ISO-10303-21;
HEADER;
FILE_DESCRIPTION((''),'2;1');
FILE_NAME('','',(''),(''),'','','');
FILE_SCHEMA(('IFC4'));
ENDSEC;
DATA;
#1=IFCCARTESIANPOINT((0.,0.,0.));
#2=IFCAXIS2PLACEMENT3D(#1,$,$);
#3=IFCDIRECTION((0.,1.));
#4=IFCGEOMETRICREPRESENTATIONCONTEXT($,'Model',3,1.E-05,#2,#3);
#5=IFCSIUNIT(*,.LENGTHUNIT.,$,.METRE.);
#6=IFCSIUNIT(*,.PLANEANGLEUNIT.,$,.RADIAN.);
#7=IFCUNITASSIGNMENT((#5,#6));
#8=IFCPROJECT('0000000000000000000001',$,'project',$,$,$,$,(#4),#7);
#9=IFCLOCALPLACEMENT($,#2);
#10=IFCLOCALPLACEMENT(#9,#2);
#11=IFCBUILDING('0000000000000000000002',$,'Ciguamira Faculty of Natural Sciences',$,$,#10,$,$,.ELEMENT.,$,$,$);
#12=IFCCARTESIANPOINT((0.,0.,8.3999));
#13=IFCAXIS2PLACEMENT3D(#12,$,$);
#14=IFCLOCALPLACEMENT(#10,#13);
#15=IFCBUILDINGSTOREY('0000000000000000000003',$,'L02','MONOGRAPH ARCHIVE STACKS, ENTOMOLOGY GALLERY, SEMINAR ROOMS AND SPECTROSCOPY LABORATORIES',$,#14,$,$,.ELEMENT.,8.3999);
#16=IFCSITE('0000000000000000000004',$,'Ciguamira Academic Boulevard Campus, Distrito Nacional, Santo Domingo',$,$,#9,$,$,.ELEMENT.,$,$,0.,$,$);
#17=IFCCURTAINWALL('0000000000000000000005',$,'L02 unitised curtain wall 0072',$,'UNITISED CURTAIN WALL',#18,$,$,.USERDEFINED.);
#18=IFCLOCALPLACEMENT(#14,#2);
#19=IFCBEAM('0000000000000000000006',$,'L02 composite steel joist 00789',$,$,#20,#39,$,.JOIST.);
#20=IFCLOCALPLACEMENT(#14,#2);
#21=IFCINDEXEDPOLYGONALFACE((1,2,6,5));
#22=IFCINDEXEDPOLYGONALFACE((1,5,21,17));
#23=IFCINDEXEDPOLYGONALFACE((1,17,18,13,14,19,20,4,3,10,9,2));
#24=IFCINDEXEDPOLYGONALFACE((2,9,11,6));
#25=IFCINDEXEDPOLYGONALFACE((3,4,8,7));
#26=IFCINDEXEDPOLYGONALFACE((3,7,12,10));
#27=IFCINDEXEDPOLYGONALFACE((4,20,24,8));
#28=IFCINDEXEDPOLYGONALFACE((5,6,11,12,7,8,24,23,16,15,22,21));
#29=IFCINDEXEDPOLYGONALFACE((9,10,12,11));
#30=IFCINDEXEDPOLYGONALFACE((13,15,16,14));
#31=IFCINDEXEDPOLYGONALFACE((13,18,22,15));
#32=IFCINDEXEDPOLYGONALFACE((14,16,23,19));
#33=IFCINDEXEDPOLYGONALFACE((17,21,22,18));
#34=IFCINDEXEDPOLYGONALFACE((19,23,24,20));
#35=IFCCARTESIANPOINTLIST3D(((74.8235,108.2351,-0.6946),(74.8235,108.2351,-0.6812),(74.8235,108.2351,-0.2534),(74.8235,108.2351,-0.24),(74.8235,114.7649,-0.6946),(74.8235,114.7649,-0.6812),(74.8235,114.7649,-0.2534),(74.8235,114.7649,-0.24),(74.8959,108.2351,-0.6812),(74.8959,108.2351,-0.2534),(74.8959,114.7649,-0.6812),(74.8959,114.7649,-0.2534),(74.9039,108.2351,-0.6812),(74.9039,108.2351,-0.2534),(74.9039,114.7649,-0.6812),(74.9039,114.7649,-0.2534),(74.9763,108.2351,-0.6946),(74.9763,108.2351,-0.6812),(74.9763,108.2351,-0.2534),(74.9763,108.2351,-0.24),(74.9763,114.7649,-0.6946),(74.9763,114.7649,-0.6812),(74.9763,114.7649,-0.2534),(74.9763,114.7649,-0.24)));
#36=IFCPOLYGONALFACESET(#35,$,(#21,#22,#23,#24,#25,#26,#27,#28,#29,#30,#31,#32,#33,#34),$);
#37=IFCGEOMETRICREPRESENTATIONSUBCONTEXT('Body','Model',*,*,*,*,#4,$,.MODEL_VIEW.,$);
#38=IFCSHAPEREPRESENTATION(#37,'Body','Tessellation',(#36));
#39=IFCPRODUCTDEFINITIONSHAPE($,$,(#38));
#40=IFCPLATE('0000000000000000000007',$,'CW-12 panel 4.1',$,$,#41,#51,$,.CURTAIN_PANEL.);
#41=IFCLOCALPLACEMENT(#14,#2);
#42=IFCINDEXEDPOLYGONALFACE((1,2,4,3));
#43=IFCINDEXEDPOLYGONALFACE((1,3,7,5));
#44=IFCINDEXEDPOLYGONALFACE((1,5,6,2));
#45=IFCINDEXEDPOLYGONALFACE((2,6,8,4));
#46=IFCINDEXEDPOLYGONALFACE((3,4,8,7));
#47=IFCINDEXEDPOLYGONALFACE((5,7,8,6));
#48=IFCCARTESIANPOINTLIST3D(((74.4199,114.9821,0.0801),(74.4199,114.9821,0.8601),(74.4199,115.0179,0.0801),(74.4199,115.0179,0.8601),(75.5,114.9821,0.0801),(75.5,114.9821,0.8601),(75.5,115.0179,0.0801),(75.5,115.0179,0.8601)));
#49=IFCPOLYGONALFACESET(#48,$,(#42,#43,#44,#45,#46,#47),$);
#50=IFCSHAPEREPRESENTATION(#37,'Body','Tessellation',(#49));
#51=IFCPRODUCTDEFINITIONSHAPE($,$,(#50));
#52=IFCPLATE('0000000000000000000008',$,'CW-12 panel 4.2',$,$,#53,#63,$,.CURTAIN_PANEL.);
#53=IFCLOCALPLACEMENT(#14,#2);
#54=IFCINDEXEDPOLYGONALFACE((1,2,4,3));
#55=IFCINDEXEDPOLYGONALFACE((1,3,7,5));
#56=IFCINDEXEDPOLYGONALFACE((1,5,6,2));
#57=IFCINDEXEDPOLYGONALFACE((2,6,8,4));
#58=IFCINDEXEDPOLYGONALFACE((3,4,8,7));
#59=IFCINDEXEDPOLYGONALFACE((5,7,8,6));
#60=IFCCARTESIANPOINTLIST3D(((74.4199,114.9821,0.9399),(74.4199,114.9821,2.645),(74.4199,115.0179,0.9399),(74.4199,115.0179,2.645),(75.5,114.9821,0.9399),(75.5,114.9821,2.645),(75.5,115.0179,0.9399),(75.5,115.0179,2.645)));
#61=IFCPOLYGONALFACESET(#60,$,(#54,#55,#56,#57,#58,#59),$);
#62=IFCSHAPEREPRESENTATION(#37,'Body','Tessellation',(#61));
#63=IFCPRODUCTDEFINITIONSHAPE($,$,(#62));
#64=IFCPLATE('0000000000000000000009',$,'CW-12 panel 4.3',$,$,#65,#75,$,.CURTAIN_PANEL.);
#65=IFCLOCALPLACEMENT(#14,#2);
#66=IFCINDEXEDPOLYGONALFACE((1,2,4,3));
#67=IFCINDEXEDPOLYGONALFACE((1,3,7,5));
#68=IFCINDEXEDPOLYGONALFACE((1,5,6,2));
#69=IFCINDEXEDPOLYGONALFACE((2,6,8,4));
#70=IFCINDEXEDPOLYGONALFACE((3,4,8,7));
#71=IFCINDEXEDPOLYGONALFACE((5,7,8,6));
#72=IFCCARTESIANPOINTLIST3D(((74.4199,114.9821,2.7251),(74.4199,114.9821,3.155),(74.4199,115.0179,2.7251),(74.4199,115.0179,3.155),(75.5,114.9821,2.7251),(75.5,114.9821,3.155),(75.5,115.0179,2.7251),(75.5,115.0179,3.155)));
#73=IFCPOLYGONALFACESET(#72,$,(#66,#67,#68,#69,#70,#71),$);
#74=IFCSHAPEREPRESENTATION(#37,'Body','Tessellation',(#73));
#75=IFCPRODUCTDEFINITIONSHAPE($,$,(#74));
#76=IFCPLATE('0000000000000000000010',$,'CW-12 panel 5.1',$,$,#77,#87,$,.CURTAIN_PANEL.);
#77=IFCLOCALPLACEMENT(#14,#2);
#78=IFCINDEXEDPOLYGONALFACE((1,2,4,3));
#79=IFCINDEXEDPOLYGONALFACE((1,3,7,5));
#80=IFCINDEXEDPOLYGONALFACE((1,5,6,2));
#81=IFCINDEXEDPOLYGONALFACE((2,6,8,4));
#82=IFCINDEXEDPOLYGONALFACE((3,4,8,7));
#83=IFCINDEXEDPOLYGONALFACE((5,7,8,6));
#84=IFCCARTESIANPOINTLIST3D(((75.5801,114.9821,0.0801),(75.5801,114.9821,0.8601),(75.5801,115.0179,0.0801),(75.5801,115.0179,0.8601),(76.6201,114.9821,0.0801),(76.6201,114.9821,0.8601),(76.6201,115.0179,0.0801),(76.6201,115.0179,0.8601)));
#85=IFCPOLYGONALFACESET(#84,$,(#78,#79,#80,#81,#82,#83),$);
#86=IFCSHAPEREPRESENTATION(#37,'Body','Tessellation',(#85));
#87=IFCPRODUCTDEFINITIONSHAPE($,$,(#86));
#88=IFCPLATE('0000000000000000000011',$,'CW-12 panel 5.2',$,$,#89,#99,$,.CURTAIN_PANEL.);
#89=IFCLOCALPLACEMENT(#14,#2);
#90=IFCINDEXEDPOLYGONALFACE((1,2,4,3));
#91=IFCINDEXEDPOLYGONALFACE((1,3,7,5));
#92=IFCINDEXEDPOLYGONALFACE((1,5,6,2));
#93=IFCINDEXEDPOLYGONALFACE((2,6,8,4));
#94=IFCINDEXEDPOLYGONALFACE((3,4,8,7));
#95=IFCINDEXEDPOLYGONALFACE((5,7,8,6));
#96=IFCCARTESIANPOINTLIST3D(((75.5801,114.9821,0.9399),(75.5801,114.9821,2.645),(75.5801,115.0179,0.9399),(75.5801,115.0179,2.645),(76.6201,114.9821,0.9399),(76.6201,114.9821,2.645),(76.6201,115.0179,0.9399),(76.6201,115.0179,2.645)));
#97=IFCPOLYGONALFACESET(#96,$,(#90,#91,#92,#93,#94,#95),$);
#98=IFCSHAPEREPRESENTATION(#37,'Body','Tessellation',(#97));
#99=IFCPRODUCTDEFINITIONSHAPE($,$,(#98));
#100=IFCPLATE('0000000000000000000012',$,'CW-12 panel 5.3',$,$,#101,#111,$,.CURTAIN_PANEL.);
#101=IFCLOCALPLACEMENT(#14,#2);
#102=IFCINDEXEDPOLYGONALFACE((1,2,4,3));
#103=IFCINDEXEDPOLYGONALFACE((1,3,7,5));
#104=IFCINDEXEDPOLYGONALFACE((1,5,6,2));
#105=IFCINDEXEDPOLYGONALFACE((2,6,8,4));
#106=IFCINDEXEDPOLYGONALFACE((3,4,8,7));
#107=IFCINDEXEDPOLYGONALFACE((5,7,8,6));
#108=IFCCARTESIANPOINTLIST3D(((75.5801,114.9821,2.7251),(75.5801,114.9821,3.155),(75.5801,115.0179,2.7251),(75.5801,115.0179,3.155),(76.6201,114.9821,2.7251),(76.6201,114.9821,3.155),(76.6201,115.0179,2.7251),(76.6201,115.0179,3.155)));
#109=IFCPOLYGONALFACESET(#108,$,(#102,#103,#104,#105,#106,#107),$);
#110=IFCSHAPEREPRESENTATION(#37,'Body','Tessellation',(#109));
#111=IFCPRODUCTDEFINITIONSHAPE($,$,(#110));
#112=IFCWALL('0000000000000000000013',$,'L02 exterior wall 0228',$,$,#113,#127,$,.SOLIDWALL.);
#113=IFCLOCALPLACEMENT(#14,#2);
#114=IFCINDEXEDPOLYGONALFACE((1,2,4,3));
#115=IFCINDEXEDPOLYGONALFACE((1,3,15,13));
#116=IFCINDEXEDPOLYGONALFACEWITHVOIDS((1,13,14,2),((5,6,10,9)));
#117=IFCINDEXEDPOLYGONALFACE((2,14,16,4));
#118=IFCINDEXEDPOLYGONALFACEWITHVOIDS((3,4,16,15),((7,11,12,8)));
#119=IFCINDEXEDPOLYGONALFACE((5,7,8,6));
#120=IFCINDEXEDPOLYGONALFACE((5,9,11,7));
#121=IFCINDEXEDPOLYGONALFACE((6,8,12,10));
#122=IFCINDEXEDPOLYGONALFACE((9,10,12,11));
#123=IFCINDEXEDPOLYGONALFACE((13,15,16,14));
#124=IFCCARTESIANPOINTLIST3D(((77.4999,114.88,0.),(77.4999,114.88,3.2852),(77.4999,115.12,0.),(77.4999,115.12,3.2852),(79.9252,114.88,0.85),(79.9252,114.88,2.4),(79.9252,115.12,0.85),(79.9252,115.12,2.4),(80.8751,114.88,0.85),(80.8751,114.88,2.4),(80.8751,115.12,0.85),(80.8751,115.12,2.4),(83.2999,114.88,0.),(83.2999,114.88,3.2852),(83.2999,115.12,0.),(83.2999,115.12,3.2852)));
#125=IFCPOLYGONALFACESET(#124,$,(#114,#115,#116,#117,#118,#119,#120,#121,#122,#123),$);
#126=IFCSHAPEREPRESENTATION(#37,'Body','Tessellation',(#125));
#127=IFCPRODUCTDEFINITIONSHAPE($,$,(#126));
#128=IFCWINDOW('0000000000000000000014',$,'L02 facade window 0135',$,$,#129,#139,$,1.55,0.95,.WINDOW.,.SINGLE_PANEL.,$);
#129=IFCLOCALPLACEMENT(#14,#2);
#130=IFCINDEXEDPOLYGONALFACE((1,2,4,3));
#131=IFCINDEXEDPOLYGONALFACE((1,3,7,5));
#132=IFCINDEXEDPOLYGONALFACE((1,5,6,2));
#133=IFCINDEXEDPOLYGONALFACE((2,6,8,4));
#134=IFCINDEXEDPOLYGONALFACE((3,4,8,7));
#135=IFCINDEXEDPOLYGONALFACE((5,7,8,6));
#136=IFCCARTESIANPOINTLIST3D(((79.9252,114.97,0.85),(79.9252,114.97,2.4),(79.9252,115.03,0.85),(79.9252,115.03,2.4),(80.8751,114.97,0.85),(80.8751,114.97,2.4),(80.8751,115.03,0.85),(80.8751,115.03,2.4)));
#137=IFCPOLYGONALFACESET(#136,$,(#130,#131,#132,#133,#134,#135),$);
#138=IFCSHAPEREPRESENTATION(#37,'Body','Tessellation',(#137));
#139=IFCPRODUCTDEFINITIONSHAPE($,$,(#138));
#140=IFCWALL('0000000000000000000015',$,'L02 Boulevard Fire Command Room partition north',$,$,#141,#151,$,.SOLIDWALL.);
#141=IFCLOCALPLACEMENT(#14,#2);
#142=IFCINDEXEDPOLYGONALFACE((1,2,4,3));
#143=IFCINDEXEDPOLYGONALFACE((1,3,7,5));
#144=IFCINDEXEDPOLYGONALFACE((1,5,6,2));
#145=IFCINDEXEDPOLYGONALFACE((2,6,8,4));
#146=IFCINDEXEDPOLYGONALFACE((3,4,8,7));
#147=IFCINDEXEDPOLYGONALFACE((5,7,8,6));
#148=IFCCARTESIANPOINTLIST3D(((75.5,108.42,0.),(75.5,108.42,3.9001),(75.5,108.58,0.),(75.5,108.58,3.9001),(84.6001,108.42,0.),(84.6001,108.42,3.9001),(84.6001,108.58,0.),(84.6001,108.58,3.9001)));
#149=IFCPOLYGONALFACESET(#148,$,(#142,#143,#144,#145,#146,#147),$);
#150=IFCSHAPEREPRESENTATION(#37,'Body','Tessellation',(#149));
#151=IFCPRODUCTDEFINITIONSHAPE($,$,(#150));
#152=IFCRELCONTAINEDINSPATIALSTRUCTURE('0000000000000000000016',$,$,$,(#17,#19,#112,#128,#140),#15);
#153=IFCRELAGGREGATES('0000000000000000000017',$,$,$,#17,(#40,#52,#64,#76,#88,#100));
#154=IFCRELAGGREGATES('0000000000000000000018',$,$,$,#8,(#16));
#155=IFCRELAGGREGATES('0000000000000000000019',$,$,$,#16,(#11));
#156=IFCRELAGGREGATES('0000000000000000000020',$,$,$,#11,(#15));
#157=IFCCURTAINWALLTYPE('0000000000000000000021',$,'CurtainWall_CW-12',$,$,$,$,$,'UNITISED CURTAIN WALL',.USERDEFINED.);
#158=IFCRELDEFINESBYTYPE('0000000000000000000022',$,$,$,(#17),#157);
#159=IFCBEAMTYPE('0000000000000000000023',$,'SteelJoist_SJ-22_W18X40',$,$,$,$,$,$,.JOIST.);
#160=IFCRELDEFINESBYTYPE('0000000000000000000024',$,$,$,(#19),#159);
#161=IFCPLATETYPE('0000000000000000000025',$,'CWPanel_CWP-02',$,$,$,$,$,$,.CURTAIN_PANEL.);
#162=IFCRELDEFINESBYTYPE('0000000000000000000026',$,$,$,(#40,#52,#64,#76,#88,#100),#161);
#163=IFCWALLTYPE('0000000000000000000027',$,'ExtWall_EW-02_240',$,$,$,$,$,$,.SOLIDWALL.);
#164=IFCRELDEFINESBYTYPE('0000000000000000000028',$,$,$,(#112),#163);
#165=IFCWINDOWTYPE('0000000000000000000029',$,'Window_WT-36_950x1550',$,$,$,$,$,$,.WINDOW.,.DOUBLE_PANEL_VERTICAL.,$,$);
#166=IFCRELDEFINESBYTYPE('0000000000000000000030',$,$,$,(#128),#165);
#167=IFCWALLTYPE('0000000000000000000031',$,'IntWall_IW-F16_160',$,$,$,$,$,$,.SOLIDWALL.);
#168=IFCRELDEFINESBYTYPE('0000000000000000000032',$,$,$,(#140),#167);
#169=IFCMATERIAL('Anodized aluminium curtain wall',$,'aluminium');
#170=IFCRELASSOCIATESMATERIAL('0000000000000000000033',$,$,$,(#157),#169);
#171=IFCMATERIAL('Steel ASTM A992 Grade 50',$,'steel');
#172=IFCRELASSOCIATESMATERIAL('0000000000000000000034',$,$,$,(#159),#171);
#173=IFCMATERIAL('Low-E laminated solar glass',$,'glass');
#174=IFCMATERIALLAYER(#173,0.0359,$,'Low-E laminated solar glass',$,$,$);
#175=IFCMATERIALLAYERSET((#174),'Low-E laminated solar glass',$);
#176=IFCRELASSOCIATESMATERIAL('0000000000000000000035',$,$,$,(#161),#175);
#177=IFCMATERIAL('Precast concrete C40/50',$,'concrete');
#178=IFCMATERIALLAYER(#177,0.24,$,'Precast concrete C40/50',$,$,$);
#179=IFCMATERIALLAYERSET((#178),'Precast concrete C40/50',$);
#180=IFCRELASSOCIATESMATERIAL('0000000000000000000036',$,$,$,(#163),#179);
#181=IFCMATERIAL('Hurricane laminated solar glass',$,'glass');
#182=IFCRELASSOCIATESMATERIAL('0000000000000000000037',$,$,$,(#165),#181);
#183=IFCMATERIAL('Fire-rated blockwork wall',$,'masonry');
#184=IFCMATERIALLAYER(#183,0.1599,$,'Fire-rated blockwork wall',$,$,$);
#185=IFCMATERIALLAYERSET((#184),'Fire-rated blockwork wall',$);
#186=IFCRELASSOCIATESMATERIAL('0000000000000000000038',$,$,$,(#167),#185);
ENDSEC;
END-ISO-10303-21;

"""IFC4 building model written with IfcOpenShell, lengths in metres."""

from ifc_helpers import new_model, si_unit, direction, frame, frame_2d, origin, origin_2d, place, context, subcontext, project, spatial, rectangle, i_section, extrude, material, layer, layer_set, material_profile, profile_set, type_object, element, fill, aggregate, save


model = new_model("IFC4")

# Units and contexts
model_context = context("Model", 3, precision=1e-05, world=origin(), true_north=direction((0.0, 1.0)))
body_context = subcontext(model_context, "Body", "Model", "MODEL_VIEW")
ifc_project = project(units=[si_unit("LENGTHUNIT", "METRE"), si_unit("PLANEANGLEUNIT", "RADIAN")], contexts=[model_context])

# Site, building, storey
site_placement = place(None, origin())
site = spatial("IfcSite", under=ifc_project, at=site_placement, Name="Ciguamira Academic Boulevard Campus, Distrito Nacional, Santo Domingo", CompositionType="ELEMENT", RefElevation=0.0)
building_placement = place(site_placement, origin())
building = spatial("IfcBuilding", under=site, at=building_placement, Name="Ciguamira Faculty of Natural Sciences", CompositionType="ELEMENT")
storey_placement = place(building_placement, frame((0.0, 0.0, 8.3999)))
storey = spatial("IfcBuildingStorey", under=building, at=storey_placement, Name="L02", Description="MONOGRAPH ARCHIVE STACKS, ENTOMOLOGY GALLERY, SEMINAR ROOMS AND SPECTROSCOPY LABORATORIES", CompositionType="ELEMENT", Elevation=8.3999)

# Curtain wall
ifc_material_1 = material(Name="Anodized aluminium curtain wall", Category="aluminium")
curtain_wall_type = type_object("IfcCurtainWallType", Name="CurtainWall_CW-12", ElementType="UNITISED CURTAIN WALL", PredefinedType="USERDEFINED", material=ifc_material_1)
curtain_wall_placement = place(storey_placement, origin())
curtain_wall = element("IfcCurtainWall", 1, at=curtain_wall_placement, inside=storey, type_object=curtain_wall_type, Name="L02 unitised curtain wall 0072", ObjectType="UNITISED CURTAIN WALL", PredefinedType="USERDEFINED")

# Beam
ifc_material_2 = material(Name="Steel ASTM A992 Grade 50", Category="steel")
ifc_material_profile_1 = material_profile(ifc_material_2, i_section(OverallWidth=0.1528, OverallDepth=0.4546, WebThickness=0.0081, FlangeThickness=0.0134, at=origin_2d()), Name="W18X40")
ifc_profile_set_1 = profile_set([ifc_material_profile_1], Name="Steel ASTM A992 Grade 50")
beam_type_1 = type_object("IfcBeamType", Name="SteelJoist_SJ-22_W18X40", PredefinedType="JOIST", material=ifc_profile_set_1)
beam_1_placement = place(storey_placement, frame((74.8999, 108.2351, -0.4673), z_axis=(0.0, 1.0, 0.0), x_axis=(-1.0, 0.0, 0.0)))
element("IfcBeam", 2, at=beam_1_placement, inside=storey, type_object=beam_type_1, Name="L02 composite steel joist 00789", PredefinedType="JOIST", context=body_context, shape_type="SweptSolid", body=[
    extrude(i_section(OverallWidth=0.1528, OverallDepth=0.4546, WebThickness=0.0081, FlangeThickness=0.0134, at=origin_2d()), origin(), (0.0, 0.0, 1.0), 6.5298),
])

# Plates
ifc_material_3 = material(Name="Low-E laminated solar glass", Category="glass")
ifc_layer_1 = layer(ifc_material_3, 0.0359, Name="Low-E laminated solar glass")
ifc_layer_set_1 = layer_set([ifc_layer_1], Name="Low-E laminated solar glass")
plate_type = type_object("IfcPlateType", Name="CWPanel_CWP-02", PredefinedType="CURTAIN_PANEL", material=ifc_layer_set_1)
plate_1_placement = place(storey_placement, frame((74.96, 115.0, 0.0801), z_axis=(0.0, 0.0, 1.0), x_axis=(1.0, 0.0, 0.0)))
plate_1 = element("IfcPlate", 3, at=plate_1_placement, type_object=plate_type, Name="CW-12 panel 4.1", PredefinedType="CURTAIN_PANEL", context=body_context, shape_type="SweptSolid", body=[
    extrude(rectangle(XDim=1.0801, YDim=0.0359, at=origin_2d()), origin(), (0.0, 0.0, 1.0), 0.78),
])
plate_2_placement = place(storey_placement, frame((74.96, 115.0, 0.9399), z_axis=(0.0, 0.0, 1.0), x_axis=(1.0, 0.0, 0.0)))
plate_2 = element("IfcPlate", 4, at=plate_2_placement, type_object=plate_type, Name="CW-12 panel 4.2", PredefinedType="CURTAIN_PANEL", context=body_context, shape_type="SweptSolid", body=[
    extrude(rectangle(XDim=1.0801, YDim=0.0359, at=origin_2d()), origin(), (0.0, 0.0, 1.0), 1.7051),
])
plate_3_placement = place(storey_placement, frame((74.96, 115.0, 2.7251), z_axis=(0.0, 0.0, 1.0), x_axis=(1.0, 0.0, 0.0)))
plate_3 = element("IfcPlate", 5, at=plate_3_placement, type_object=plate_type, Name="CW-12 panel 4.3", PredefinedType="CURTAIN_PANEL", context=body_context, shape_type="SweptSolid", body=[
    extrude(rectangle(XDim=1.0801, YDim=0.0359, at=origin_2d()), origin(), (0.0, 0.0, 1.0), 0.4299),
])
plate_4_placement = place(storey_placement, frame((76.1001, 115.0, 0.0801), z_axis=(0.0, 0.0, 1.0), x_axis=(1.0, 0.0, 0.0)))
plate_4 = element("IfcPlate", 6, at=plate_4_placement, type_object=plate_type, Name="CW-12 panel 5.1", PredefinedType="CURTAIN_PANEL", context=body_context, shape_type="SweptSolid", body=[
    extrude(rectangle(XDim=1.04, YDim=0.0359, at=origin_2d()), origin(), (0.0, 0.0, 1.0), 0.78),
])
plate_5_placement = place(storey_placement, frame((76.1001, 115.0, 0.9399), z_axis=(0.0, 0.0, 1.0), x_axis=(1.0, 0.0, 0.0)))
plate_5 = element("IfcPlate", 7, at=plate_5_placement, type_object=plate_type, Name="CW-12 panel 5.2", PredefinedType="CURTAIN_PANEL", context=body_context, shape_type="SweptSolid", body=[
    extrude(rectangle(XDim=1.04, YDim=0.0359, at=origin_2d()), origin(), (0.0, 0.0, 1.0), 1.7051),
])
plate_6_placement = place(storey_placement, frame((76.1001, 115.0, 2.7251), z_axis=(0.0, 0.0, 1.0), x_axis=(1.0, 0.0, 0.0)))
plate_6 = element("IfcPlate", 8, at=plate_6_placement, type_object=plate_type, Name="CW-12 panel 5.3", PredefinedType="CURTAIN_PANEL", context=body_context, shape_type="SweptSolid", body=[
    extrude(rectangle(XDim=1.04, YDim=0.0359, at=origin_2d()), origin(), (0.0, 0.0, 1.0), 0.4299),
])
aggregate(curtain_wall, [plate_1, plate_2, plate_3, plate_4, plate_5, plate_6])

# Wall, opening, window
ifc_material_4 = material(Name="Precast concrete C40/50", Category="concrete")
ifc_layer_2 = layer(ifc_material_4, 0.24, Name="Precast concrete C40/50")
ifc_layer_set_2 = layer_set([ifc_layer_2], Name="Precast concrete C40/50")
wall_type_1 = type_object("IfcWallType", Name="ExtWall_EW-02_240", PredefinedType="SOLIDWALL", material=ifc_layer_set_2)
wall_1_placement = place(storey_placement, frame((77.5, 115.0, 0.0), z_axis=(0.0, 0.0, 1.0), x_axis=(1.0, 0.0, 0.0)))
wall_1 = element("IfcWall", 9, at=wall_1_placement, inside=storey, type_object=wall_type_1, Name="L02 exterior wall 0228", PredefinedType="SOLIDWALL", context=body_context, shape_type="SweptSolid", body=[
    extrude(rectangle(XDim=5.8, YDim=0.24, at=frame_2d((2.8999, 0.0))), origin(), (0.0, 0.0, 1.0), 3.2852),
])
opening_placement = place(wall_1_placement, frame((2.425, 0.0, 0.8501)))
opening = element("IfcOpeningElement", 10, at=opening_placement, cuts=wall_1, PredefinedType="OPENING", context=body_context, shape_type="SweptSolid", body=[
    extrude(rectangle(XDim=0.95, YDim=1.55, at=frame_2d((0.4751, 0.7749))), frame((0.0, 0.1299, 0.0), z_axis=(0.0, -1.0, 0.0), x_axis=(1.0, 0.0, 0.0)), (0.0, 0.0, 1.0), 0.26),
])
ifc_material_5 = material(Name="Hurricane laminated solar glass", Category="glass")
window_type = type_object("IfcWindowType", Name="Window_WT-36_950x1550", PartitioningType="DOUBLE_PANEL_VERTICAL", PredefinedType="WINDOW", material=ifc_material_5)
window_placement = place(opening_placement, origin())
window = element("IfcWindow", 11, at=window_placement, inside=storey, type_object=window_type, Name="L02 facade window 0135", OverallHeight=1.55, OverallWidth=0.95, PartitioningType="SINGLE_PANEL", PredefinedType="WINDOW", context=body_context, shape_type="SweptSolid", body=[
    extrude(rectangle(XDim=0.95, YDim=1.55, at=frame_2d((0.4751, 0.7749))), frame((0.0, 0.03, 0.0), z_axis=(0.0, -1.0, 0.0), x_axis=(1.0, 0.0, 0.0)), (0.0, 0.0, 1.0), 0.0601),
])
fill(opening, window)

# Wall
ifc_material_6 = material(Name="Fire-rated blockwork wall", Category="masonry")
ifc_layer_3 = layer(ifc_material_6, 0.1599, Name="Fire-rated blockwork wall")
ifc_layer_set_3 = layer_set([ifc_layer_3], Name="Fire-rated blockwork wall")
wall_type_2 = type_object("IfcWallType", Name="IntWall_IW-F16_160", PredefinedType="SOLIDWALL", material=ifc_layer_set_3)
wall_2_placement = place(storey_placement, frame((75.5, 108.5, 0.0), z_axis=(0.0, 0.0, 1.0), x_axis=(1.0, 0.0, 0.0)))
element("IfcWall", 12, at=wall_2_placement, inside=storey, type_object=wall_type_2, Name="L02 Boulevard Fire Command Room partition north", PredefinedType="SOLIDWALL", context=body_context, shape_type="SweptSolid", body=[
    extrude(rectangle(XDim=9.1001, YDim=0.1599, at=frame_2d((4.55, 0.0))), origin(), (0.0, 0.0, 1.0), 3.9001),
])

save(model, "model.ifc")
